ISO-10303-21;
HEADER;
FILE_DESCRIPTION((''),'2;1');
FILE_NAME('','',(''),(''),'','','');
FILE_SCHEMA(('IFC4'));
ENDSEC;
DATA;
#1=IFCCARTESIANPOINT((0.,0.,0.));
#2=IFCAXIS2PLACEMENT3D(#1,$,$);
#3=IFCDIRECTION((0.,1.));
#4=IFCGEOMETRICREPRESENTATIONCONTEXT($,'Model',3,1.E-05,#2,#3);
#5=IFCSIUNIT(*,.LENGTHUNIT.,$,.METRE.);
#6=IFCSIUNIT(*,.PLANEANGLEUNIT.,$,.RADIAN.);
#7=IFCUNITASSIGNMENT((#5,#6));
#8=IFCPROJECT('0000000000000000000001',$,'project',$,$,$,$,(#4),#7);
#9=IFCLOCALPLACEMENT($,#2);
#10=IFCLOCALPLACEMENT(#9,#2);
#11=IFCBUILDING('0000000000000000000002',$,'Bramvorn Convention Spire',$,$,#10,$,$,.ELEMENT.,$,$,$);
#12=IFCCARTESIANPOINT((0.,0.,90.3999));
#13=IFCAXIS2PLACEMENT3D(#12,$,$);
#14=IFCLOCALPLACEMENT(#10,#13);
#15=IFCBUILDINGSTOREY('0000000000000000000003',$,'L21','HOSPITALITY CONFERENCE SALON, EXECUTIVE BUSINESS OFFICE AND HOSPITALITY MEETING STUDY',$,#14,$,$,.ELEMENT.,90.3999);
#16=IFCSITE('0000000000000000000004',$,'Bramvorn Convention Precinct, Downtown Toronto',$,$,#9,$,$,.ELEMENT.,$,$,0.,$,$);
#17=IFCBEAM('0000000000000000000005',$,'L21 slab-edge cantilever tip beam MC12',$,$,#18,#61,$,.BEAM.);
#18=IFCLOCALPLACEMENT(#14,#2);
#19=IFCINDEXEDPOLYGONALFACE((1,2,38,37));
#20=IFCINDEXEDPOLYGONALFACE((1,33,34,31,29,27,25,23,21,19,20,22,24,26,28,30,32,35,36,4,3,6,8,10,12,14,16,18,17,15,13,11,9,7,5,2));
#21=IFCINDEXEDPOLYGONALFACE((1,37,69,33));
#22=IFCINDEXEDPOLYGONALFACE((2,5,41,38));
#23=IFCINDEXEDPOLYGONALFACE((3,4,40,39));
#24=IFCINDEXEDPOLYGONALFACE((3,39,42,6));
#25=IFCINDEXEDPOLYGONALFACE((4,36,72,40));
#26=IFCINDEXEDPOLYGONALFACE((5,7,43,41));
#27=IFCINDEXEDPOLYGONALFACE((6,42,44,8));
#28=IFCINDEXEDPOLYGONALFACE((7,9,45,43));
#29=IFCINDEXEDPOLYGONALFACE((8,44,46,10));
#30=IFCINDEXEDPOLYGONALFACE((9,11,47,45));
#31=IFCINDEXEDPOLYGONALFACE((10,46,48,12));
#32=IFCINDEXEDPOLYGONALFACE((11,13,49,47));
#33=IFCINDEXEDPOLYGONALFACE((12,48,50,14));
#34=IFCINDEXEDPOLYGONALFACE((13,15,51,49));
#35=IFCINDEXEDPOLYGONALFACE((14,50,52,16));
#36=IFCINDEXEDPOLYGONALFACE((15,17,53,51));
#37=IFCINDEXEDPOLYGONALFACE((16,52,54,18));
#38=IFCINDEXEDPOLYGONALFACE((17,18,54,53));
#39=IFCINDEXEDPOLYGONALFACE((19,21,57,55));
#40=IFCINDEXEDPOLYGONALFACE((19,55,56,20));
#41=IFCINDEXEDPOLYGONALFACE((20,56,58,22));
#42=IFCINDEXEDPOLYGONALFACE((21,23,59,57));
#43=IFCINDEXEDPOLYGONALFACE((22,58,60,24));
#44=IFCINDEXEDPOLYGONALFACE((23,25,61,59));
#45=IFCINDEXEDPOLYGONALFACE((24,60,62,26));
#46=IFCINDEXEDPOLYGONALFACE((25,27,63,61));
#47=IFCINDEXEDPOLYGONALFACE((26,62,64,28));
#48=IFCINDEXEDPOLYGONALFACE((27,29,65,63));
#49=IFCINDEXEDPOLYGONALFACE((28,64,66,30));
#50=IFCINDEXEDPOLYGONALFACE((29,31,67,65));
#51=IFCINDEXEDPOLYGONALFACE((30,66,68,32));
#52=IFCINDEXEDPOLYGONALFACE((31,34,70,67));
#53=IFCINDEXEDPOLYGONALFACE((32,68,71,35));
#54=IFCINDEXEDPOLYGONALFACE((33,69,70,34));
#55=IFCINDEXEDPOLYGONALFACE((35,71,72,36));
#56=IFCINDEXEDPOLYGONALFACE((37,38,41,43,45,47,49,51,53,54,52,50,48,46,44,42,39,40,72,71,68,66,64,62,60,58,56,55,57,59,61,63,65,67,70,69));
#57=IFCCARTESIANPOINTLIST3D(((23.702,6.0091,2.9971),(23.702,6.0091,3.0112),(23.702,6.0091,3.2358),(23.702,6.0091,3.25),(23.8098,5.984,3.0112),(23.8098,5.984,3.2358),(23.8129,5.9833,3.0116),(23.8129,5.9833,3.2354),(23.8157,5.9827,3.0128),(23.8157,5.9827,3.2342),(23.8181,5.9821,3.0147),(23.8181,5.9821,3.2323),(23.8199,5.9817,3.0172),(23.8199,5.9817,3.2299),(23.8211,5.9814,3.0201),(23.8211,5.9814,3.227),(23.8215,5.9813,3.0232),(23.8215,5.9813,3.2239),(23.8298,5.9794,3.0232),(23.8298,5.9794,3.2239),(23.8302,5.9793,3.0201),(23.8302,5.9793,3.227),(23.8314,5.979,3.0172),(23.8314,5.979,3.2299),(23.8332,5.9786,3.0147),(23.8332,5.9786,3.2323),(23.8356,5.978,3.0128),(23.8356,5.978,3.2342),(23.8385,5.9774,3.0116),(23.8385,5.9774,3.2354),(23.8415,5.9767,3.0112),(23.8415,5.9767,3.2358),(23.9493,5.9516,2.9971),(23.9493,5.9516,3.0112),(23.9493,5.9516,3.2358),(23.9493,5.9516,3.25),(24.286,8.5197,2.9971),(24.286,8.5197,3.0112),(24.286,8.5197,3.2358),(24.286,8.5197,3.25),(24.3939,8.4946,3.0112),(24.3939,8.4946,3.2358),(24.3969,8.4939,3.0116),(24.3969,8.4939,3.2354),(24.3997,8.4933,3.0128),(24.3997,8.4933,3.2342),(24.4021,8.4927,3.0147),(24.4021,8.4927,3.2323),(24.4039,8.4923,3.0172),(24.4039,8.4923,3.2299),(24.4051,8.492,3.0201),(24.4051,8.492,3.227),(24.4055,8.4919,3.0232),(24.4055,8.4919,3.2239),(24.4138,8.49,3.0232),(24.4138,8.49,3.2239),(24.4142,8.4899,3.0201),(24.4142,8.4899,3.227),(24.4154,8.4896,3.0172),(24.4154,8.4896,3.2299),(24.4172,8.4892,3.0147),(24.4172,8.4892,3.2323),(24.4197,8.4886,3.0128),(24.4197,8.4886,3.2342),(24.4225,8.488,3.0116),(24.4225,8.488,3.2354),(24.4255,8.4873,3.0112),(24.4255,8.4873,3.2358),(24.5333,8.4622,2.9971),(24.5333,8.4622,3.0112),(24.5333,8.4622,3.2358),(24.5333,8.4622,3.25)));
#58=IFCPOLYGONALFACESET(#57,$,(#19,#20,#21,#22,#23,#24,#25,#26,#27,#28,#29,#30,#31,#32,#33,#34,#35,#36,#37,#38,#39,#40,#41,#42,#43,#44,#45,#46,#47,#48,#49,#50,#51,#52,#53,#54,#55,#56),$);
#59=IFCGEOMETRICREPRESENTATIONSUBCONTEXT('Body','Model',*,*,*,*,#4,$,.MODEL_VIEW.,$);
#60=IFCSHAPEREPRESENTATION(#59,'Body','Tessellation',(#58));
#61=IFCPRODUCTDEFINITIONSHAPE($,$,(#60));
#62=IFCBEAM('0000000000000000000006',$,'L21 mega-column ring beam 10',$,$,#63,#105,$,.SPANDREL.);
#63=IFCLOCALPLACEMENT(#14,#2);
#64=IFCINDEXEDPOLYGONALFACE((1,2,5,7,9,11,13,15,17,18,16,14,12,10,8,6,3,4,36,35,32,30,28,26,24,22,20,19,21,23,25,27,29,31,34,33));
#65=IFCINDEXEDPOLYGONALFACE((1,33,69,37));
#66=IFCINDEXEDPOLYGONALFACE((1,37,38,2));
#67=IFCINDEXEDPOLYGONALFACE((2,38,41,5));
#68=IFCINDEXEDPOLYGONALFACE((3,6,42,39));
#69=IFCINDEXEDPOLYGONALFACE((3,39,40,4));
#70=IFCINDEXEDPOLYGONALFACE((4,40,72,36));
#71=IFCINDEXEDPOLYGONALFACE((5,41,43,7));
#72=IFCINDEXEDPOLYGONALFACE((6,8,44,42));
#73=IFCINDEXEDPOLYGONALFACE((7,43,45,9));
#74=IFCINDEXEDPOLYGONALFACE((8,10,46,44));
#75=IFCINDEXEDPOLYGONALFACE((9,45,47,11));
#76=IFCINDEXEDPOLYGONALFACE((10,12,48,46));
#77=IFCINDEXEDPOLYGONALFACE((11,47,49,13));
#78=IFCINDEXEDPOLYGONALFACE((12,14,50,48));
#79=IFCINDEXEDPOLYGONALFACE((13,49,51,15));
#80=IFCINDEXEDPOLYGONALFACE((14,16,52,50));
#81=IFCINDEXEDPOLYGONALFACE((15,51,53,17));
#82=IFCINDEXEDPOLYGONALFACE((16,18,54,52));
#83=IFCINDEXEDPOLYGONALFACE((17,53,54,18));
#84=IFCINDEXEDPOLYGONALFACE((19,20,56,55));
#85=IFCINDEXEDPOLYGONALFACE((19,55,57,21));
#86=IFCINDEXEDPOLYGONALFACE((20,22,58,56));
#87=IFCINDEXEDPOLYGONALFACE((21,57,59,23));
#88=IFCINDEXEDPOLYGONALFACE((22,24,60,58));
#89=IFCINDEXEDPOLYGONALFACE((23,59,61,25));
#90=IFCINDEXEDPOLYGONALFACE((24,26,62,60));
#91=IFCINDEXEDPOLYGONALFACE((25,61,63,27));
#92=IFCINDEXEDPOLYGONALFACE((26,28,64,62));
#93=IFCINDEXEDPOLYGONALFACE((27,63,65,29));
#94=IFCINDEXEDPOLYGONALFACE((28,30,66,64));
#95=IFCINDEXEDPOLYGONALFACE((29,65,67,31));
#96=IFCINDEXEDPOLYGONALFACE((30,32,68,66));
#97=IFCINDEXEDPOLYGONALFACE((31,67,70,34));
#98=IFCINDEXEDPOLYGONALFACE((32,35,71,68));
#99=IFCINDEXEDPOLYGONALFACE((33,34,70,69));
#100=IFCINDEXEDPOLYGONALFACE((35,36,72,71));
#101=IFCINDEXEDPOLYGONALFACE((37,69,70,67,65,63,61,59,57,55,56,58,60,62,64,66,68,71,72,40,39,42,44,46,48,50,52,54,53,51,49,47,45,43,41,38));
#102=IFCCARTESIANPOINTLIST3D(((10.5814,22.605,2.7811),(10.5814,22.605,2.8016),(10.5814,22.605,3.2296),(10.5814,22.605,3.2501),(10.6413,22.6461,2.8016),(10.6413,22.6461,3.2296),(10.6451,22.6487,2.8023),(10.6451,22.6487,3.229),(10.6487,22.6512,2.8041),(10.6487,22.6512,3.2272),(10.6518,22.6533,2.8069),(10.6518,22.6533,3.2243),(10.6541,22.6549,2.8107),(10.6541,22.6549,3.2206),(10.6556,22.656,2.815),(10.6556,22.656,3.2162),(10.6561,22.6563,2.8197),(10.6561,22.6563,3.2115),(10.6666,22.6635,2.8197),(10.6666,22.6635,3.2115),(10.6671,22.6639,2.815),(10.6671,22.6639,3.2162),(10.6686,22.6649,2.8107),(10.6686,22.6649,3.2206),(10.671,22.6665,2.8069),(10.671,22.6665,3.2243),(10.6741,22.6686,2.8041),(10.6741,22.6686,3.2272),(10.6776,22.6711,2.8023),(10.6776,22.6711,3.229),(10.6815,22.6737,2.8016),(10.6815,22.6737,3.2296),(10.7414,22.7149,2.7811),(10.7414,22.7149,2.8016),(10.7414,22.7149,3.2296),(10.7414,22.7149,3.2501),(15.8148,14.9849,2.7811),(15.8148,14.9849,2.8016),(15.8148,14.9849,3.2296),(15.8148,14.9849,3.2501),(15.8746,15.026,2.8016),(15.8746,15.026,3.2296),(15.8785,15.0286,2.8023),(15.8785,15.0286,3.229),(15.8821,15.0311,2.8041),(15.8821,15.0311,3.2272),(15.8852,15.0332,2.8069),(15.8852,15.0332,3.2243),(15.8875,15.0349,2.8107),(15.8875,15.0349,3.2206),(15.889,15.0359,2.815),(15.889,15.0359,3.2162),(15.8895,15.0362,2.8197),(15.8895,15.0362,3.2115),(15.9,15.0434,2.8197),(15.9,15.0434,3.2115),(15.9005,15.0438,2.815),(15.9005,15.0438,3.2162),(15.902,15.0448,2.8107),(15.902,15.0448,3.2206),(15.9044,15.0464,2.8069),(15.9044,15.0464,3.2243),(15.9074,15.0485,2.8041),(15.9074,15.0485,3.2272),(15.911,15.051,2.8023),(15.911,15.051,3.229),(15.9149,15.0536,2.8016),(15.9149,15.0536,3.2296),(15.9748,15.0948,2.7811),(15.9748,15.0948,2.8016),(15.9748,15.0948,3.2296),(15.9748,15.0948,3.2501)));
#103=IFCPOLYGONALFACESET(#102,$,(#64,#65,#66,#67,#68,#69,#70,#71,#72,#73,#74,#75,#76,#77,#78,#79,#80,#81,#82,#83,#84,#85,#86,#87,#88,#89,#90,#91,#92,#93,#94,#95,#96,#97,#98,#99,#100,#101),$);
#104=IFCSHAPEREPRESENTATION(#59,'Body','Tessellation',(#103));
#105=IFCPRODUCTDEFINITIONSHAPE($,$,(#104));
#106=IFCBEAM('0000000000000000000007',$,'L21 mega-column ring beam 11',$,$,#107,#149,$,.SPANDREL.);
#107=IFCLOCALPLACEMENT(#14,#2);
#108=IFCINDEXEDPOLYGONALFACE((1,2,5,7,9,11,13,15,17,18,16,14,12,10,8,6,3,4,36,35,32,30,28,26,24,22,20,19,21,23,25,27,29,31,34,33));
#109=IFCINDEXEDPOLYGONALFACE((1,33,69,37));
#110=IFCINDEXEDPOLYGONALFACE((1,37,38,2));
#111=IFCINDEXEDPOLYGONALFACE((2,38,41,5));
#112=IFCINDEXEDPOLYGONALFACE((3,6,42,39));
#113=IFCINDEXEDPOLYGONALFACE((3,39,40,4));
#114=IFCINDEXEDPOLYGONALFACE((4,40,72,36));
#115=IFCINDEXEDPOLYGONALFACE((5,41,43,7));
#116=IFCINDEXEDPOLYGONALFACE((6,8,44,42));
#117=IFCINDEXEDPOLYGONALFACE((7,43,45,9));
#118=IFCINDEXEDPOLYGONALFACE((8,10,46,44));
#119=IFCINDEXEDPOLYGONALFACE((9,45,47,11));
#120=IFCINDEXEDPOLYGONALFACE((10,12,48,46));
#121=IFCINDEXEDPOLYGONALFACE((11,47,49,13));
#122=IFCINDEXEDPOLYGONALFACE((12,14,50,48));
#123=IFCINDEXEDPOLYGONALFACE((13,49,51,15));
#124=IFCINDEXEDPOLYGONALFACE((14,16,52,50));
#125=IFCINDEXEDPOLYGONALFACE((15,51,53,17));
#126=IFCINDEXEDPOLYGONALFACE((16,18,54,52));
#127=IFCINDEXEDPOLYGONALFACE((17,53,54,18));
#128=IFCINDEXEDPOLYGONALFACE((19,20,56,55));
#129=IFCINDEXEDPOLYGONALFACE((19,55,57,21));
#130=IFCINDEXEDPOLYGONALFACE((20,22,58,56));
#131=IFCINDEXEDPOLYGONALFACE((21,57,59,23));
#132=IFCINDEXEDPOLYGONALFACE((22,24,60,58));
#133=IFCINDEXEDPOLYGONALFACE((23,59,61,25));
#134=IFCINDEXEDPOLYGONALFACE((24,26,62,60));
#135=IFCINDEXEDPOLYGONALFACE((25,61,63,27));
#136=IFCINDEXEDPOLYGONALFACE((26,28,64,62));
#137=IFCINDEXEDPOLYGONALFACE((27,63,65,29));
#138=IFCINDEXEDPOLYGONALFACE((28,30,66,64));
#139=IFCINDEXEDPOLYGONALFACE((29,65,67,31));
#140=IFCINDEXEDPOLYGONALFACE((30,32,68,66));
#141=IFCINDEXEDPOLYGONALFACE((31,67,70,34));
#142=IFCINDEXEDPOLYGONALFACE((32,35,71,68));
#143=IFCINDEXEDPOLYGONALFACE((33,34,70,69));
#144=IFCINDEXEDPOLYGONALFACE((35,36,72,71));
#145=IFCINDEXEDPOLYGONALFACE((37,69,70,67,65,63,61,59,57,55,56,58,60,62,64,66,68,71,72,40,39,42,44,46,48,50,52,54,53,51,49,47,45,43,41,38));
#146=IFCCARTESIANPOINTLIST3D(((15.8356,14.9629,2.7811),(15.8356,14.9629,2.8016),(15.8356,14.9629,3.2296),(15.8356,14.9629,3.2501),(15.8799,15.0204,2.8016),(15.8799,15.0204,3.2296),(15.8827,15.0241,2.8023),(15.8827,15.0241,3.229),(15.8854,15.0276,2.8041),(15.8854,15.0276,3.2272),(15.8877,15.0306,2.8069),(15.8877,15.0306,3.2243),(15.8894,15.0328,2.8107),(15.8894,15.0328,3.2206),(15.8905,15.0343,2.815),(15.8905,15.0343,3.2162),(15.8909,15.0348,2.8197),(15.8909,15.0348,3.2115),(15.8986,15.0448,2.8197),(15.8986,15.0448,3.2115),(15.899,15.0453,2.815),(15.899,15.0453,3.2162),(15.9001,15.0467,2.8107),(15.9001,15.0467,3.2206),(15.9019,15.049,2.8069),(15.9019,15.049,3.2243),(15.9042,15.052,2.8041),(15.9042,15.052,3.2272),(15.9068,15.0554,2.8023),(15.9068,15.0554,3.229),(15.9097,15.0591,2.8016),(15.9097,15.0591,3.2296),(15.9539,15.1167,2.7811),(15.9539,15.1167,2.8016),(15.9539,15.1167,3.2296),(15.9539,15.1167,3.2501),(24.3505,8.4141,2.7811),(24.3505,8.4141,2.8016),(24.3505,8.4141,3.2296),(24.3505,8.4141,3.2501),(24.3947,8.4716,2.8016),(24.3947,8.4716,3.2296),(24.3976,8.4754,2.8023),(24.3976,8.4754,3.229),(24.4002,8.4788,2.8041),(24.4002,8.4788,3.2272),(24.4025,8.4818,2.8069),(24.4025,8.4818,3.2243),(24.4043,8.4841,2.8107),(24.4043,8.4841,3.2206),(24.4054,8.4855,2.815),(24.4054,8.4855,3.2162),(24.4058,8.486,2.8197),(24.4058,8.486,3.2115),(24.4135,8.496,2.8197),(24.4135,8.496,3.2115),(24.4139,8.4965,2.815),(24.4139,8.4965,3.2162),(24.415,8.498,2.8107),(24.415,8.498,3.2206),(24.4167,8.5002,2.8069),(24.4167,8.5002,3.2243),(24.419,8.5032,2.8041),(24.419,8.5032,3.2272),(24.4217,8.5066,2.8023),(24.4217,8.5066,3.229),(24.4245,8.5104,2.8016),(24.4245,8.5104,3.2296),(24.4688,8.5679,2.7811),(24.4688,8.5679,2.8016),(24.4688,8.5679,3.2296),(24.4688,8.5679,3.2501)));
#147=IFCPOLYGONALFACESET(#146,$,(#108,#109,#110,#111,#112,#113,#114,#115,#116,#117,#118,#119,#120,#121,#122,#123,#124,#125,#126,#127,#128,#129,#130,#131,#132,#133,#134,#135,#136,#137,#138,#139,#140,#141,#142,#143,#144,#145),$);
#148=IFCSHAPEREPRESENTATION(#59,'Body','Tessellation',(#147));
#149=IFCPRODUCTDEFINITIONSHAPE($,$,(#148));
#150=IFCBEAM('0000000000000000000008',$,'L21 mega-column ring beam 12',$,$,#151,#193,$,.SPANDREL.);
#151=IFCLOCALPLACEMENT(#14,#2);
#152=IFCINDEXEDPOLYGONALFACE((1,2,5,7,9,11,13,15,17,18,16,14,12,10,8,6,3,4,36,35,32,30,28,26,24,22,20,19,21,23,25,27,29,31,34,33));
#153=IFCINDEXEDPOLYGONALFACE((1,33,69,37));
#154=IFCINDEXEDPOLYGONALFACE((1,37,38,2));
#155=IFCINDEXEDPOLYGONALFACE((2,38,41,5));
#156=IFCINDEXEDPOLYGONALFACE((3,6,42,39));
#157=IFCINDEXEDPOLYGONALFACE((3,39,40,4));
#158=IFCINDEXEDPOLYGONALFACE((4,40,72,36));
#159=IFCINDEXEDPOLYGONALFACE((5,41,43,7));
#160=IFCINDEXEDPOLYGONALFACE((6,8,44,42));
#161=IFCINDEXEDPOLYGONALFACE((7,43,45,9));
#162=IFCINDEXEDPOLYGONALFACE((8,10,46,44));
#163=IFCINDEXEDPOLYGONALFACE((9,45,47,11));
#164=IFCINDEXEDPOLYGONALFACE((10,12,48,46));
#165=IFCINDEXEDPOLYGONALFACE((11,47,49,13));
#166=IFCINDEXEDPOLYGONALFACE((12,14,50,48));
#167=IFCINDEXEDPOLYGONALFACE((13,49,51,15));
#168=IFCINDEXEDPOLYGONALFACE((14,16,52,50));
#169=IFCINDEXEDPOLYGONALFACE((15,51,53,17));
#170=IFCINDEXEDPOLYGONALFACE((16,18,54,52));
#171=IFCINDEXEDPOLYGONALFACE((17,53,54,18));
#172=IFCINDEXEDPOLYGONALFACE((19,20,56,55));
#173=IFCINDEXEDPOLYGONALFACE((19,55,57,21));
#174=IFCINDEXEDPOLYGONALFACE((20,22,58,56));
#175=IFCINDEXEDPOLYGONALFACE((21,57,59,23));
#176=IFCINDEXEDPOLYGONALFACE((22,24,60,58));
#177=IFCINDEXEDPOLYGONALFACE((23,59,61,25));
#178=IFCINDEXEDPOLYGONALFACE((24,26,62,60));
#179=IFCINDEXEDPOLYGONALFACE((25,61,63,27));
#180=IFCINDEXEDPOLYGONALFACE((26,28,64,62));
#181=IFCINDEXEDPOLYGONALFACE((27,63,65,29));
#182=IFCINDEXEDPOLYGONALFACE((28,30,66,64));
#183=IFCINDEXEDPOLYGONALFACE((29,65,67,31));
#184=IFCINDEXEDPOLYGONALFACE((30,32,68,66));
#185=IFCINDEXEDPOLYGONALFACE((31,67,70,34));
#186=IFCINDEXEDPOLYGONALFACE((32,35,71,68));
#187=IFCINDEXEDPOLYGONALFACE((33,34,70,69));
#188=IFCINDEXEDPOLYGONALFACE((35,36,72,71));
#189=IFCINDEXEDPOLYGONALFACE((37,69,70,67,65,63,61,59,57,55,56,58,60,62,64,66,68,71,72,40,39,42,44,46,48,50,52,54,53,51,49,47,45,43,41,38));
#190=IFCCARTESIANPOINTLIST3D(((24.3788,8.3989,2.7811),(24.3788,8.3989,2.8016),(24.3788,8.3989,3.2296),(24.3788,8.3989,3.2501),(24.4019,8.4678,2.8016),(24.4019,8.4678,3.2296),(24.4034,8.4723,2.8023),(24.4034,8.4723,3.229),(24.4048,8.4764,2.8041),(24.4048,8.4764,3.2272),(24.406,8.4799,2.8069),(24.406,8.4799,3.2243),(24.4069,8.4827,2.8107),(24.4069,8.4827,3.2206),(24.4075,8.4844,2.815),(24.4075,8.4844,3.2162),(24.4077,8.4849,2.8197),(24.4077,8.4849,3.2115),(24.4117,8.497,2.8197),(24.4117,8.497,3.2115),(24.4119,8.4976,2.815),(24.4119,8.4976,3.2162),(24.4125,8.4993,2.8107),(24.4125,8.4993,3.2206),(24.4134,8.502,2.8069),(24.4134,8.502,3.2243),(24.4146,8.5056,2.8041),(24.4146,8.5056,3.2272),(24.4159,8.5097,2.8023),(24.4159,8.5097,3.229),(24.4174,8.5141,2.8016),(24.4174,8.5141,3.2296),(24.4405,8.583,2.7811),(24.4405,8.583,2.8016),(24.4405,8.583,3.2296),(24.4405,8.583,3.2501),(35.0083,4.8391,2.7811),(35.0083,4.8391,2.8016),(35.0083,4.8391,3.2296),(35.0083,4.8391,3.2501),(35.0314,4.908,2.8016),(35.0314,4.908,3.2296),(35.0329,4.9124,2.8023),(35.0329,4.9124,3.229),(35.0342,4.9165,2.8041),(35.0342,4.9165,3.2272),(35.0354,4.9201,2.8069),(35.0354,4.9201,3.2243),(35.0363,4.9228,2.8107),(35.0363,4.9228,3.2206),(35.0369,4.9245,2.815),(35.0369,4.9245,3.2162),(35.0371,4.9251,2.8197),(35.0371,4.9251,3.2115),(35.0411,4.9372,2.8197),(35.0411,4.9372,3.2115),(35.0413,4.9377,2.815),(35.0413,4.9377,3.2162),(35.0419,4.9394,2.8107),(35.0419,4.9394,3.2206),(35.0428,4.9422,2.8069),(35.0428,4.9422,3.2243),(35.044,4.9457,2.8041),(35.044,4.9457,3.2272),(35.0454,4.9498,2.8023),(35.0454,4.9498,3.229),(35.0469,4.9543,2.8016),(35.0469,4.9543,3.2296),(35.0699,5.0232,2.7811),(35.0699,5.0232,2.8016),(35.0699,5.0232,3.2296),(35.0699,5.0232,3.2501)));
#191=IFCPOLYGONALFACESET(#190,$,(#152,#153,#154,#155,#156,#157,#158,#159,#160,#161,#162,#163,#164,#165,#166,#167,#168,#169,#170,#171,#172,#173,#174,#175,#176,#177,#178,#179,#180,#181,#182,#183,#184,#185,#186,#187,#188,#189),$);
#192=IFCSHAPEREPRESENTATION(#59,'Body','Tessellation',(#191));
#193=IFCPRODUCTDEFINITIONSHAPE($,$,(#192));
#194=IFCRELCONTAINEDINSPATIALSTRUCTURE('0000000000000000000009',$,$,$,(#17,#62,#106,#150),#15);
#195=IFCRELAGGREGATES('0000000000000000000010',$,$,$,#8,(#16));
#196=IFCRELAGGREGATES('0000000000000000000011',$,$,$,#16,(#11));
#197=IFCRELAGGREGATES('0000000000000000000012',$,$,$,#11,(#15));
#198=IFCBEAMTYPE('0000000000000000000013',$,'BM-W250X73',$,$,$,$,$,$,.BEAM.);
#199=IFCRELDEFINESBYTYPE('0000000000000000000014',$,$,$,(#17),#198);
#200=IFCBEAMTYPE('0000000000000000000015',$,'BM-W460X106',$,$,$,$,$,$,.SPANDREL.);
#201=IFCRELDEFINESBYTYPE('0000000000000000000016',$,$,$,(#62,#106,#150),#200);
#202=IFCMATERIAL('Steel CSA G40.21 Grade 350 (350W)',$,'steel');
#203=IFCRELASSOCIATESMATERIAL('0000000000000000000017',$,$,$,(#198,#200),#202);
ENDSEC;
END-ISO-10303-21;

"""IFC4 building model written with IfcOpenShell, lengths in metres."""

from ifc_helpers import new_model, si_unit, direction, frame, origin, origin_2d, place, context, subcontext, project, spatial, i_section, extrude, material, material_profile, profile_set, type_object, element, save


model = new_model("IFC4")

# Units and contexts
model_context = context("Model", 3, precision=1e-05, world=origin(), true_north=direction((0.0, 1.0)))
body_context = subcontext(model_context, "Body", "Model", "MODEL_VIEW")
ifc_project = project(units=[si_unit("LENGTHUNIT", "METRE"), si_unit("PLANEANGLEUNIT", "RADIAN")], contexts=[model_context])

# Site, building, storey
site_placement = place(None, origin())
site = spatial("IfcSite", under=ifc_project, at=site_placement, Name="Bramvorn Convention Precinct, Downtown Toronto", CompositionType="ELEMENT", RefElevation=0.0)
building_placement = place(site_placement, origin())
building = spatial("IfcBuilding", under=site, at=building_placement, Name="Bramvorn Convention Spire", CompositionType="ELEMENT")
storey_placement = place(building_placement, frame((0.0, 0.0, 90.3999)))
storey = spatial("IfcBuildingStorey", under=building, at=storey_placement, Name="L21", Description="HOSPITALITY CONFERENCE SALON, EXECUTIVE BUSINESS OFFICE AND HOSPITALITY MEETING STUDY", CompositionType="ELEMENT", Elevation=90.3999)

# Shared definitions
ifc_material_1 = material(Name="Steel CSA G40.21 Grade 350 (350W)", Category="steel")

# Beams
ifc_material_profile_1 = material_profile(ifc_material_1, i_section(OverallWidth=0.2539, OverallDepth=0.2529, WebThickness=0.0085, FlangeThickness=0.0142, FilletRadius=0.012, at=origin_2d()))
ifc_profile_set_1 = profile_set([ifc_material_profile_1], Name="Steel CSA G40.21 Grade 350 (350W) - W250X73")
beam_type_1 = type_object("IfcBeamType", Name="BM-W250X73", PredefinedType="BEAM", material=ifc_profile_set_1)
beam_1_placement = place(storey_placement, frame((24.4097, 8.491, 3.1235), z_axis=(-0.226568, -0.973995, 0.0), x_axis=(0.973995, -0.226568, 0.0)))
element("IfcBeam", 1, at=beam_1_placement, inside=storey, type_object=beam_type_1, Name="L21 slab-edge cantilever tip beam MC12", PredefinedType="BEAM", context=body_context, shape_type="SweptSolid", body=[
    extrude(i_section(OverallWidth=0.2539, OverallDepth=0.2529, WebThickness=0.0085, FlangeThickness=0.0142, FilletRadius=0.012, at=origin_2d()), origin(), (0.0, 0.0, 1.0), 2.5776),
])
ifc_material_profile_2 = material_profile(ifc_material_1, i_section(OverallWidth=0.1941, OverallDepth=0.469, WebThickness=0.0127, FlangeThickness=0.0205, FilletRadius=0.0181, at=origin_2d()))
ifc_profile_set_2 = profile_set([ifc_material_profile_2], Name="Steel CSA G40.21 Grade 350 (350W) - W460X106")
beam_type_2 = type_object("IfcBeamType", Name="BM-W460X106", PredefinedType="SPANDREL", material=ifc_profile_set_2)
beam_2_placement = place(storey_placement, frame((10.6614, 22.6599, 3.0156), z_axis=(0.56613, -0.824316, 0.0), x_axis=(0.824316, 0.56613, 0.0)))
element("IfcBeam", 2, at=beam_2_placement, inside=storey, type_object=beam_type_2, Name="L21 mega-column ring beam 10", PredefinedType="SPANDREL", context=body_context, shape_type="SweptSolid", body=[
    extrude(i_section(OverallWidth=0.1941, OverallDepth=0.469, WebThickness=0.0127, FlangeThickness=0.0205, FilletRadius=0.0181, at=origin_2d()), origin(), (0.0, 0.0, 1.0), 9.2441),
])
beam_3_placement = place(storey_placement, frame((15.8948, 15.0398, 3.0156), z_axis=(0.792673, -0.609647, 0.0), x_axis=(0.609647, 0.792673, 0.0)))
element("IfcBeam", 3, at=beam_3_placement, inside=storey, type_object=beam_type_2, Name="L21 mega-column ring beam 11", PredefinedType="SPANDREL", context=body_context, shape_type="SweptSolid", body=[
    extrude(i_section(OverallWidth=0.1941, OverallDepth=0.469, WebThickness=0.0127, FlangeThickness=0.0205, FilletRadius=0.0181, at=origin_2d()), origin(), (0.0, 0.0, 1.0), 10.7419),
])
beam_4_placement = place(storey_placement, frame((24.4097, 8.491, 3.0156), z_axis=(0.948236, -0.317567, 0.0), x_axis=(0.317567, 0.948236, 0.0)))
element("IfcBeam", 4, at=beam_4_placement, inside=storey, type_object=beam_type_2, Name="L21 mega-column ring beam 12", PredefinedType="SPANDREL", context=body_context, shape_type="SweptSolid", body=[
    extrude(i_section(OverallWidth=0.1941, OverallDepth=0.469, WebThickness=0.0127, FlangeThickness=0.0205, FilletRadius=0.0181, at=origin_2d()), origin(), (0.0, 0.0, 1.0), 11.2097),
])

save(model, "model.ifc")
